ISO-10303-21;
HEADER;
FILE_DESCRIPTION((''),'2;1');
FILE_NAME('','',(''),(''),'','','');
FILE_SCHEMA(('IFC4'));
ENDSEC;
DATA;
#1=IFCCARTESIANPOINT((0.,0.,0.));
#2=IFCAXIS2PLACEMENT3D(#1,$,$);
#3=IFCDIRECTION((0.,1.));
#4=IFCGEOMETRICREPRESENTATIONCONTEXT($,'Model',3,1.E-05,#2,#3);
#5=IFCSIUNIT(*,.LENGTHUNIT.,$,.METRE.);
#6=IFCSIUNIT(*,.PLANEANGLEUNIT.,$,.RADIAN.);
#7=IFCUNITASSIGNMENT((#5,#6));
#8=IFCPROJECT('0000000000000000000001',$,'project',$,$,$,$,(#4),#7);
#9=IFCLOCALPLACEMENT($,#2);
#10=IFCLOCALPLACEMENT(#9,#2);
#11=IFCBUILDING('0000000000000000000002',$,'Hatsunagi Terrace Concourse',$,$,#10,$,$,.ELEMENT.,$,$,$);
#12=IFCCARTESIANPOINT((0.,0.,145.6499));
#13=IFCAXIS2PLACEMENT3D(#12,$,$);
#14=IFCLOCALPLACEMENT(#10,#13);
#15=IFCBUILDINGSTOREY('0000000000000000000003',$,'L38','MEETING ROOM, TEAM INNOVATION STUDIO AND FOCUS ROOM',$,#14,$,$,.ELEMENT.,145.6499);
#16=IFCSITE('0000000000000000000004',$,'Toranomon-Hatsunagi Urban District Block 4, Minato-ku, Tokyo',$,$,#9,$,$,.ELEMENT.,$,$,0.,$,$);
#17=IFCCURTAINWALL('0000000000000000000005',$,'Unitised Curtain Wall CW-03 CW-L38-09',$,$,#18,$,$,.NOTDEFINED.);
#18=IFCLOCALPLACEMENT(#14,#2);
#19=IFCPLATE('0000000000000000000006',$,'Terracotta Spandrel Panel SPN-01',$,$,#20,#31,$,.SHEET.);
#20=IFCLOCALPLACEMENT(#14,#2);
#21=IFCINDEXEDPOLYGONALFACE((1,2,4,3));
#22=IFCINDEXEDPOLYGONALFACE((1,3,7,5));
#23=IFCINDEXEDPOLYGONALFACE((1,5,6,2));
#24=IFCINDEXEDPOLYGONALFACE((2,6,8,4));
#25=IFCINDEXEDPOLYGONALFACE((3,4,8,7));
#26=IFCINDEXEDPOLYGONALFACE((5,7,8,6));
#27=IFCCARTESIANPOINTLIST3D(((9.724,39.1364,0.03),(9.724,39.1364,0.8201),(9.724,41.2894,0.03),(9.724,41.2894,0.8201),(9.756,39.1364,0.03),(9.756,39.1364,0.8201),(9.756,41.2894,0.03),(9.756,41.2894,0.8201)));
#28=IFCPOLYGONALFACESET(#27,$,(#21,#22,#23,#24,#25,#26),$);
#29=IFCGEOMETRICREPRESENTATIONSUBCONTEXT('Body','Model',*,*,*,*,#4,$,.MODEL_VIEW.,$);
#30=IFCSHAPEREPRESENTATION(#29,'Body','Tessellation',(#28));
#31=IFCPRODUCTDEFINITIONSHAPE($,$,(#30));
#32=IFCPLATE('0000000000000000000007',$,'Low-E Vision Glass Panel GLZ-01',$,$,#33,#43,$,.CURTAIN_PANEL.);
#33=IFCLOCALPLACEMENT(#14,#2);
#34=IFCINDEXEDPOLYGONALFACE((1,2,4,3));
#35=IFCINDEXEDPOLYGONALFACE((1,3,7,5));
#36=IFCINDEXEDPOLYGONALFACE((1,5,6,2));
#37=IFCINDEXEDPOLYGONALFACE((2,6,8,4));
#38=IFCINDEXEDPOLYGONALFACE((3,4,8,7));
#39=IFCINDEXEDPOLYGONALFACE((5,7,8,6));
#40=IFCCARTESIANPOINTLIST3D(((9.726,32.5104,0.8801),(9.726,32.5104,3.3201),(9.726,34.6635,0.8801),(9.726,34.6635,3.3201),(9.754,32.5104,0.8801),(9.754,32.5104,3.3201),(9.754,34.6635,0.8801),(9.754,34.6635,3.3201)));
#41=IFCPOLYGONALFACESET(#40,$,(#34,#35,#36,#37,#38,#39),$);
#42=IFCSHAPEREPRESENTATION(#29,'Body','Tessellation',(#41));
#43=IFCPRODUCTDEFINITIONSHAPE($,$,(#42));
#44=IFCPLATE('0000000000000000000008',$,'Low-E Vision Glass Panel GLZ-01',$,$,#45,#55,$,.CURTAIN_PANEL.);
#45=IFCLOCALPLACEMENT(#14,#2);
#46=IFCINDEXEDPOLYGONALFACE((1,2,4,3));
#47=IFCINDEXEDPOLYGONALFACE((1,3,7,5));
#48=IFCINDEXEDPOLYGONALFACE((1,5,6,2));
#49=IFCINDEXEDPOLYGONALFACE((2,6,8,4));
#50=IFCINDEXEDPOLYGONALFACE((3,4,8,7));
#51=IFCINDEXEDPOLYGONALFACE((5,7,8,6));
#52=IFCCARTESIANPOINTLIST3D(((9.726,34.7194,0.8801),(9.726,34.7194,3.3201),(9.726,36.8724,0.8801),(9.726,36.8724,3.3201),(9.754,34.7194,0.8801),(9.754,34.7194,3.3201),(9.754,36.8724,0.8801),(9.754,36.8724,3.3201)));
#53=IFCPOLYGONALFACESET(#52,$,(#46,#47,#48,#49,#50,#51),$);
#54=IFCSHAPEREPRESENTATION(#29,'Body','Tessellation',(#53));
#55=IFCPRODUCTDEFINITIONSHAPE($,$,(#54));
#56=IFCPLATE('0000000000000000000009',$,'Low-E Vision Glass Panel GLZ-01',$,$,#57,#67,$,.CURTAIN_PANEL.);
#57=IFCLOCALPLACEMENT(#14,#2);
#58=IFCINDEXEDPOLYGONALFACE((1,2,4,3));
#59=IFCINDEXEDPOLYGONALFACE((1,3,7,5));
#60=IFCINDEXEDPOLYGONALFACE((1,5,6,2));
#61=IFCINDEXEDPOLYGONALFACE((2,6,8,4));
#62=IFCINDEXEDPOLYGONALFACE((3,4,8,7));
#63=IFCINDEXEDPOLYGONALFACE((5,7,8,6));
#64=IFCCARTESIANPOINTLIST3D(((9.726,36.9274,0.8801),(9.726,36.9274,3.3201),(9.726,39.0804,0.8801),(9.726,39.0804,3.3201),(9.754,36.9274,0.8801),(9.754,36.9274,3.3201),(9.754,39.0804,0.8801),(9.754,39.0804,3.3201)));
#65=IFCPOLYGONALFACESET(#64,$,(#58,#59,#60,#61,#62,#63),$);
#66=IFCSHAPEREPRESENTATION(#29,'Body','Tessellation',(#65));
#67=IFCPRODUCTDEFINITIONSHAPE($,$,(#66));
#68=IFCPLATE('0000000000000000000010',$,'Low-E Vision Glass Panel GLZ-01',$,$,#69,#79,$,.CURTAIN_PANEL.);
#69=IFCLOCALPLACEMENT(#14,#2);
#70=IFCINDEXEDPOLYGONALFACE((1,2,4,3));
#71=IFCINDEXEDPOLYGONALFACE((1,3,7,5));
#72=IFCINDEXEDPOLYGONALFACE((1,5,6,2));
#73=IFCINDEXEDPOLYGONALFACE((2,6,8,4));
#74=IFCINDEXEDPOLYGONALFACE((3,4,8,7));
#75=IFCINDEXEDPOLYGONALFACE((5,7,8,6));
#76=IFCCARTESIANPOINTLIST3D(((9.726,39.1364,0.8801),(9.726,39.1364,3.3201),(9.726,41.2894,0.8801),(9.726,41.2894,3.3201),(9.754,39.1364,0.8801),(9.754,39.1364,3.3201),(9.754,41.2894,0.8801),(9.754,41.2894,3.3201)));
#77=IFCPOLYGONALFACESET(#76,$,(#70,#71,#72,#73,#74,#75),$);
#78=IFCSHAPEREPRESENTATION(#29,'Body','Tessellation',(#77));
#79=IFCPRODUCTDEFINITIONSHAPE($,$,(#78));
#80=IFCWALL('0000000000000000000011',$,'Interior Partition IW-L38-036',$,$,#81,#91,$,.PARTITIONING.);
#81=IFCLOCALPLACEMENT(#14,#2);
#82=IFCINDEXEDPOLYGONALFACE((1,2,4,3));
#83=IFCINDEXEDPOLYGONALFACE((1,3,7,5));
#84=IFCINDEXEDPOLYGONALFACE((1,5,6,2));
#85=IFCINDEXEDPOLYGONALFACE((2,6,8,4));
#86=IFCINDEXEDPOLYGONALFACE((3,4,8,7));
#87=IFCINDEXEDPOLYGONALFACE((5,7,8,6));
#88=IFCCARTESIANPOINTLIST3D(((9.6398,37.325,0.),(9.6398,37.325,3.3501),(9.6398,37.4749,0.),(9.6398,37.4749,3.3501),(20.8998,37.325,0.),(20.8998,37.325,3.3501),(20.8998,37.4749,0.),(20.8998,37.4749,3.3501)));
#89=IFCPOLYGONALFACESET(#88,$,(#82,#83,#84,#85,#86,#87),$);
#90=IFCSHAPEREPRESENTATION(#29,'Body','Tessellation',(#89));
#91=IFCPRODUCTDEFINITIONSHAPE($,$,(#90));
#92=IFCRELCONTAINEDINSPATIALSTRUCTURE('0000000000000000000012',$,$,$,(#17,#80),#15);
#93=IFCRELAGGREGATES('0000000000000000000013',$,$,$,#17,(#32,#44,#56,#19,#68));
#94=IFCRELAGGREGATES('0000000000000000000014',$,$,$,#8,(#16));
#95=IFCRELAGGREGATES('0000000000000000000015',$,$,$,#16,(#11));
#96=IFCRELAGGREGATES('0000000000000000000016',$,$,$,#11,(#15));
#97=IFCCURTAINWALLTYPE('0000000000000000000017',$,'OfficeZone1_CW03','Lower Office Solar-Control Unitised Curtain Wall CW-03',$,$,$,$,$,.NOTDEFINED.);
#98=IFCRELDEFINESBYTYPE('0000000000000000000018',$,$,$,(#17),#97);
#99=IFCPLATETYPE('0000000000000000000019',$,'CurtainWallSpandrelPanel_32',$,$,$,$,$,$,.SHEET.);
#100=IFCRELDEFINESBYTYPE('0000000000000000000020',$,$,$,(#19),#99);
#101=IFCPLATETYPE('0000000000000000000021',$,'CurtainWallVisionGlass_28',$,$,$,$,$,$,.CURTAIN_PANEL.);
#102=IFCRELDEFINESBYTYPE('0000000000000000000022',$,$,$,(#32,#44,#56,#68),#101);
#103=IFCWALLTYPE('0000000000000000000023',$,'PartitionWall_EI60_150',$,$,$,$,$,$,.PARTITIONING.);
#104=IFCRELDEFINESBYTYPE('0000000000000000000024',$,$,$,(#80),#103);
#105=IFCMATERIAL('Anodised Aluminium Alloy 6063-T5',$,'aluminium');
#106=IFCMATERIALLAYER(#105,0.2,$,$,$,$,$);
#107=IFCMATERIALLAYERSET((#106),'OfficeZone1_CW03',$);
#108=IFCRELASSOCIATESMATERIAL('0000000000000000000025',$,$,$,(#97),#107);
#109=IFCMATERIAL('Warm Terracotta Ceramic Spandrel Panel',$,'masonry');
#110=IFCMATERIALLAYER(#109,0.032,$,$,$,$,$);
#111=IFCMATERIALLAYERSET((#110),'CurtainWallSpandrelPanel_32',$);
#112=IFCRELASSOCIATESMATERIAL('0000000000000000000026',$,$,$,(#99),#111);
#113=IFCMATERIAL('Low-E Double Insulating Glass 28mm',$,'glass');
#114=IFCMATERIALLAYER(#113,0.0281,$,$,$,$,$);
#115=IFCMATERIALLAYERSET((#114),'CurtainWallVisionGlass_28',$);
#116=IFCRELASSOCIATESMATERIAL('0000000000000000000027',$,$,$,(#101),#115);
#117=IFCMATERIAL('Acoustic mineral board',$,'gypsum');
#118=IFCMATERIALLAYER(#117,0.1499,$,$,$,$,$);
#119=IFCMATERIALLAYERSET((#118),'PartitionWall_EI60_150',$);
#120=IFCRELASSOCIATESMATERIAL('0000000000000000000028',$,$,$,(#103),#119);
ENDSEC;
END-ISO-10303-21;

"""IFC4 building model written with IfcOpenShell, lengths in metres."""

from ifc_helpers import new_model, si_unit, direction, frame, frame_2d, origin, origin_2d, place, context, subcontext, project, spatial, rectangle, extrude, material, layer, layer_set, type_object, element, aggregate, save


model = new_model("IFC4")

# Units and contexts
model_context = context("Model", 3, precision=1e-05, world=origin(), true_north=direction((0.0, 1.0)))
body_context = subcontext(model_context, "Body", "Model", "MODEL_VIEW")
ifc_project = project(units=[si_unit("LENGTHUNIT", "METRE"), si_unit("PLANEANGLEUNIT", "RADIAN")], contexts=[model_context])

# Site, building, storey
site_placement = place(None, origin())
site = spatial("IfcSite", under=ifc_project, at=site_placement, Name="Toranomon-Hatsunagi Urban District Block 4, Minato-ku, Tokyo", CompositionType="ELEMENT", RefElevation=0.0)
building_placement = place(site_placement, origin())
building = spatial("IfcBuilding", under=site, at=building_placement, Name="Hatsunagi Terrace Concourse", CompositionType="ELEMENT")
storey_placement = place(building_placement, frame((0.0, 0.0, 145.6499)))
storey = spatial("IfcBuildingStorey", under=building, at=storey_placement, Name="L38", Description="MEETING ROOM, TEAM INNOVATION STUDIO AND FOCUS ROOM", CompositionType="ELEMENT", Elevation=145.6499)

# Curtain wall
ifc_material_1 = material(Name="Anodised Aluminium Alloy 6063-T5", Category="aluminium")
ifc_layer_1 = layer(ifc_material_1, 0.2)
ifc_layer_set_1 = layer_set([ifc_layer_1], Name="OfficeZone1_CW03")
curtain_wall_type = type_object("IfcCurtainWallType", Name="OfficeZone1_CW03", Description="Lower Office Solar-Control Unitised Curtain Wall CW-03", PredefinedType="NOTDEFINED", material=ifc_layer_set_1)
curtain_wall_placement = place(storey_placement, origin())
curtain_wall = element("IfcCurtainWall", 1, at=curtain_wall_placement, inside=storey, type_object=curtain_wall_type, Name="Unitised Curtain Wall CW-03 CW-L38-09", PredefinedType="NOTDEFINED")

# Plates
ifc_material_2 = material(Name="Warm Terracotta Ceramic Spandrel Panel", Category="masonry")
ifc_layer_2 = layer(ifc_material_2, 0.032)
ifc_layer_set_2 = layer_set([ifc_layer_2], Name="CurtainWallSpandrelPanel_32")
plate_type_1 = type_object("IfcPlateType", Name="CurtainWallSpandrelPanel_32", PredefinedType="SHEET", material=ifc_layer_set_2)
plate_1_placement = place(storey_placement, frame((9.74, 40.2129, 0.03), z_axis=(0.0, 0.0, 1.0), x_axis=(0.0, 1.0, 0.0)))
plate_1 = element("IfcPlate", 2, at=plate_1_placement, type_object=plate_type_1, Name="Terracotta Spandrel Panel SPN-01", PredefinedType="SHEET", context=body_context, shape_type="SweptSolid", body=[
    extrude(rectangle(XDim=2.1531, YDim=0.032, at=origin_2d()), origin(), (0.0, 0.0, 1.0), 0.79),
])
ifc_material_3 = material(Name="Low-E Double Insulating Glass 28mm", Category="glass")
ifc_layer_3 = layer(ifc_material_3, 0.0281)
ifc_layer_set_3 = layer_set([ifc_layer_3], Name="CurtainWallVisionGlass_28")
plate_type_2 = type_object("IfcPlateType", Name="CurtainWallVisionGlass_28", PredefinedType="CURTAIN_PANEL", material=ifc_layer_set_3)
plate_2_placement = place(storey_placement, frame((9.74, 33.5869, 0.8801), z_axis=(0.0, 0.0, 1.0), x_axis=(0.0, 1.0, 0.0)))
plate_2 = element("IfcPlate", 3, at=plate_2_placement, type_object=plate_type_2, Name="Low-E Vision Glass Panel GLZ-01", PredefinedType="CURTAIN_PANEL", context=body_context, shape_type="SweptSolid", body=[
    extrude(rectangle(XDim=2.1531, YDim=0.0281, at=origin_2d()), origin(), (0.0, 0.0, 1.0), 2.4399),
])
plate_3_placement = place(storey_placement, frame((9.74, 35.7959, 0.8801), z_axis=(0.0, 0.0, 1.0), x_axis=(0.0, 1.0, 0.0)))
plate_3 = element("IfcPlate", 4, at=plate_3_placement, type_object=plate_type_2, Name="Low-E Vision Glass Panel GLZ-01", PredefinedType="CURTAIN_PANEL", context=body_context, shape_type="SweptSolid", body=[
    extrude(rectangle(XDim=2.1531, YDim=0.0281, at=origin_2d()), origin(), (0.0, 0.0, 1.0), 2.4399),
])
plate_4_placement = place(storey_placement, frame((9.74, 38.0039, 0.8801), z_axis=(0.0, 0.0, 1.0), x_axis=(0.0, 1.0, 0.0)))
plate_4 = element("IfcPlate", 5, at=plate_4_placement, type_object=plate_type_2, Name="Low-E Vision Glass Panel GLZ-01", PredefinedType="CURTAIN_PANEL", context=body_context, shape_type="SweptSolid", body=[
    extrude(rectangle(XDim=2.1531, YDim=0.0281, at=origin_2d()), origin(), (0.0, 0.0, 1.0), 2.4399),
])
plate_5_placement = place(storey_placement, frame((9.74, 40.2129, 0.8801), z_axis=(0.0, 0.0, 1.0), x_axis=(0.0, 1.0, 0.0)))
plate_5 = element("IfcPlate", 6, at=plate_5_placement, type_object=plate_type_2, Name="Low-E Vision Glass Panel GLZ-01", PredefinedType="CURTAIN_PANEL", context=body_context, shape_type="SweptSolid", body=[
    extrude(rectangle(XDim=2.1531, YDim=0.0281, at=origin_2d()), origin(), (0.0, 0.0, 1.0), 2.4399),
])
aggregate(curtain_wall, [plate_2, plate_3, plate_4, plate_1, plate_5])

# Wall
ifc_material_4 = material(Name="Acoustic mineral board", Category="gypsum")
ifc_layer_4 = layer(ifc_material_4, 0.1499)
ifc_layer_set_4 = layer_set([ifc_layer_4], Name="PartitionWall_EI60_150")
wall_type = type_object("IfcWallType", Name="PartitionWall_EI60_150", PredefinedType="PARTITIONING", material=ifc_layer_set_4)
wall_placement = place(storey_placement, frame((9.6399, 37.3999, 0.0), z_axis=(0.0, 0.0, 1.0), x_axis=(1.0, 0.0, 0.0)))
element("IfcWall", 7, at=wall_placement, inside=storey, type_object=wall_type, Name="Interior Partition IW-L38-036", PredefinedType="PARTITIONING", context=body_context, shape_type="SweptSolid", body=[
    extrude(rectangle(XDim=11.26, YDim=0.1499, at=frame_2d((5.6299, 0.0))), origin(), (0.0, 0.0, 1.0), 3.3501),
])

save(model, "model.ifc")
